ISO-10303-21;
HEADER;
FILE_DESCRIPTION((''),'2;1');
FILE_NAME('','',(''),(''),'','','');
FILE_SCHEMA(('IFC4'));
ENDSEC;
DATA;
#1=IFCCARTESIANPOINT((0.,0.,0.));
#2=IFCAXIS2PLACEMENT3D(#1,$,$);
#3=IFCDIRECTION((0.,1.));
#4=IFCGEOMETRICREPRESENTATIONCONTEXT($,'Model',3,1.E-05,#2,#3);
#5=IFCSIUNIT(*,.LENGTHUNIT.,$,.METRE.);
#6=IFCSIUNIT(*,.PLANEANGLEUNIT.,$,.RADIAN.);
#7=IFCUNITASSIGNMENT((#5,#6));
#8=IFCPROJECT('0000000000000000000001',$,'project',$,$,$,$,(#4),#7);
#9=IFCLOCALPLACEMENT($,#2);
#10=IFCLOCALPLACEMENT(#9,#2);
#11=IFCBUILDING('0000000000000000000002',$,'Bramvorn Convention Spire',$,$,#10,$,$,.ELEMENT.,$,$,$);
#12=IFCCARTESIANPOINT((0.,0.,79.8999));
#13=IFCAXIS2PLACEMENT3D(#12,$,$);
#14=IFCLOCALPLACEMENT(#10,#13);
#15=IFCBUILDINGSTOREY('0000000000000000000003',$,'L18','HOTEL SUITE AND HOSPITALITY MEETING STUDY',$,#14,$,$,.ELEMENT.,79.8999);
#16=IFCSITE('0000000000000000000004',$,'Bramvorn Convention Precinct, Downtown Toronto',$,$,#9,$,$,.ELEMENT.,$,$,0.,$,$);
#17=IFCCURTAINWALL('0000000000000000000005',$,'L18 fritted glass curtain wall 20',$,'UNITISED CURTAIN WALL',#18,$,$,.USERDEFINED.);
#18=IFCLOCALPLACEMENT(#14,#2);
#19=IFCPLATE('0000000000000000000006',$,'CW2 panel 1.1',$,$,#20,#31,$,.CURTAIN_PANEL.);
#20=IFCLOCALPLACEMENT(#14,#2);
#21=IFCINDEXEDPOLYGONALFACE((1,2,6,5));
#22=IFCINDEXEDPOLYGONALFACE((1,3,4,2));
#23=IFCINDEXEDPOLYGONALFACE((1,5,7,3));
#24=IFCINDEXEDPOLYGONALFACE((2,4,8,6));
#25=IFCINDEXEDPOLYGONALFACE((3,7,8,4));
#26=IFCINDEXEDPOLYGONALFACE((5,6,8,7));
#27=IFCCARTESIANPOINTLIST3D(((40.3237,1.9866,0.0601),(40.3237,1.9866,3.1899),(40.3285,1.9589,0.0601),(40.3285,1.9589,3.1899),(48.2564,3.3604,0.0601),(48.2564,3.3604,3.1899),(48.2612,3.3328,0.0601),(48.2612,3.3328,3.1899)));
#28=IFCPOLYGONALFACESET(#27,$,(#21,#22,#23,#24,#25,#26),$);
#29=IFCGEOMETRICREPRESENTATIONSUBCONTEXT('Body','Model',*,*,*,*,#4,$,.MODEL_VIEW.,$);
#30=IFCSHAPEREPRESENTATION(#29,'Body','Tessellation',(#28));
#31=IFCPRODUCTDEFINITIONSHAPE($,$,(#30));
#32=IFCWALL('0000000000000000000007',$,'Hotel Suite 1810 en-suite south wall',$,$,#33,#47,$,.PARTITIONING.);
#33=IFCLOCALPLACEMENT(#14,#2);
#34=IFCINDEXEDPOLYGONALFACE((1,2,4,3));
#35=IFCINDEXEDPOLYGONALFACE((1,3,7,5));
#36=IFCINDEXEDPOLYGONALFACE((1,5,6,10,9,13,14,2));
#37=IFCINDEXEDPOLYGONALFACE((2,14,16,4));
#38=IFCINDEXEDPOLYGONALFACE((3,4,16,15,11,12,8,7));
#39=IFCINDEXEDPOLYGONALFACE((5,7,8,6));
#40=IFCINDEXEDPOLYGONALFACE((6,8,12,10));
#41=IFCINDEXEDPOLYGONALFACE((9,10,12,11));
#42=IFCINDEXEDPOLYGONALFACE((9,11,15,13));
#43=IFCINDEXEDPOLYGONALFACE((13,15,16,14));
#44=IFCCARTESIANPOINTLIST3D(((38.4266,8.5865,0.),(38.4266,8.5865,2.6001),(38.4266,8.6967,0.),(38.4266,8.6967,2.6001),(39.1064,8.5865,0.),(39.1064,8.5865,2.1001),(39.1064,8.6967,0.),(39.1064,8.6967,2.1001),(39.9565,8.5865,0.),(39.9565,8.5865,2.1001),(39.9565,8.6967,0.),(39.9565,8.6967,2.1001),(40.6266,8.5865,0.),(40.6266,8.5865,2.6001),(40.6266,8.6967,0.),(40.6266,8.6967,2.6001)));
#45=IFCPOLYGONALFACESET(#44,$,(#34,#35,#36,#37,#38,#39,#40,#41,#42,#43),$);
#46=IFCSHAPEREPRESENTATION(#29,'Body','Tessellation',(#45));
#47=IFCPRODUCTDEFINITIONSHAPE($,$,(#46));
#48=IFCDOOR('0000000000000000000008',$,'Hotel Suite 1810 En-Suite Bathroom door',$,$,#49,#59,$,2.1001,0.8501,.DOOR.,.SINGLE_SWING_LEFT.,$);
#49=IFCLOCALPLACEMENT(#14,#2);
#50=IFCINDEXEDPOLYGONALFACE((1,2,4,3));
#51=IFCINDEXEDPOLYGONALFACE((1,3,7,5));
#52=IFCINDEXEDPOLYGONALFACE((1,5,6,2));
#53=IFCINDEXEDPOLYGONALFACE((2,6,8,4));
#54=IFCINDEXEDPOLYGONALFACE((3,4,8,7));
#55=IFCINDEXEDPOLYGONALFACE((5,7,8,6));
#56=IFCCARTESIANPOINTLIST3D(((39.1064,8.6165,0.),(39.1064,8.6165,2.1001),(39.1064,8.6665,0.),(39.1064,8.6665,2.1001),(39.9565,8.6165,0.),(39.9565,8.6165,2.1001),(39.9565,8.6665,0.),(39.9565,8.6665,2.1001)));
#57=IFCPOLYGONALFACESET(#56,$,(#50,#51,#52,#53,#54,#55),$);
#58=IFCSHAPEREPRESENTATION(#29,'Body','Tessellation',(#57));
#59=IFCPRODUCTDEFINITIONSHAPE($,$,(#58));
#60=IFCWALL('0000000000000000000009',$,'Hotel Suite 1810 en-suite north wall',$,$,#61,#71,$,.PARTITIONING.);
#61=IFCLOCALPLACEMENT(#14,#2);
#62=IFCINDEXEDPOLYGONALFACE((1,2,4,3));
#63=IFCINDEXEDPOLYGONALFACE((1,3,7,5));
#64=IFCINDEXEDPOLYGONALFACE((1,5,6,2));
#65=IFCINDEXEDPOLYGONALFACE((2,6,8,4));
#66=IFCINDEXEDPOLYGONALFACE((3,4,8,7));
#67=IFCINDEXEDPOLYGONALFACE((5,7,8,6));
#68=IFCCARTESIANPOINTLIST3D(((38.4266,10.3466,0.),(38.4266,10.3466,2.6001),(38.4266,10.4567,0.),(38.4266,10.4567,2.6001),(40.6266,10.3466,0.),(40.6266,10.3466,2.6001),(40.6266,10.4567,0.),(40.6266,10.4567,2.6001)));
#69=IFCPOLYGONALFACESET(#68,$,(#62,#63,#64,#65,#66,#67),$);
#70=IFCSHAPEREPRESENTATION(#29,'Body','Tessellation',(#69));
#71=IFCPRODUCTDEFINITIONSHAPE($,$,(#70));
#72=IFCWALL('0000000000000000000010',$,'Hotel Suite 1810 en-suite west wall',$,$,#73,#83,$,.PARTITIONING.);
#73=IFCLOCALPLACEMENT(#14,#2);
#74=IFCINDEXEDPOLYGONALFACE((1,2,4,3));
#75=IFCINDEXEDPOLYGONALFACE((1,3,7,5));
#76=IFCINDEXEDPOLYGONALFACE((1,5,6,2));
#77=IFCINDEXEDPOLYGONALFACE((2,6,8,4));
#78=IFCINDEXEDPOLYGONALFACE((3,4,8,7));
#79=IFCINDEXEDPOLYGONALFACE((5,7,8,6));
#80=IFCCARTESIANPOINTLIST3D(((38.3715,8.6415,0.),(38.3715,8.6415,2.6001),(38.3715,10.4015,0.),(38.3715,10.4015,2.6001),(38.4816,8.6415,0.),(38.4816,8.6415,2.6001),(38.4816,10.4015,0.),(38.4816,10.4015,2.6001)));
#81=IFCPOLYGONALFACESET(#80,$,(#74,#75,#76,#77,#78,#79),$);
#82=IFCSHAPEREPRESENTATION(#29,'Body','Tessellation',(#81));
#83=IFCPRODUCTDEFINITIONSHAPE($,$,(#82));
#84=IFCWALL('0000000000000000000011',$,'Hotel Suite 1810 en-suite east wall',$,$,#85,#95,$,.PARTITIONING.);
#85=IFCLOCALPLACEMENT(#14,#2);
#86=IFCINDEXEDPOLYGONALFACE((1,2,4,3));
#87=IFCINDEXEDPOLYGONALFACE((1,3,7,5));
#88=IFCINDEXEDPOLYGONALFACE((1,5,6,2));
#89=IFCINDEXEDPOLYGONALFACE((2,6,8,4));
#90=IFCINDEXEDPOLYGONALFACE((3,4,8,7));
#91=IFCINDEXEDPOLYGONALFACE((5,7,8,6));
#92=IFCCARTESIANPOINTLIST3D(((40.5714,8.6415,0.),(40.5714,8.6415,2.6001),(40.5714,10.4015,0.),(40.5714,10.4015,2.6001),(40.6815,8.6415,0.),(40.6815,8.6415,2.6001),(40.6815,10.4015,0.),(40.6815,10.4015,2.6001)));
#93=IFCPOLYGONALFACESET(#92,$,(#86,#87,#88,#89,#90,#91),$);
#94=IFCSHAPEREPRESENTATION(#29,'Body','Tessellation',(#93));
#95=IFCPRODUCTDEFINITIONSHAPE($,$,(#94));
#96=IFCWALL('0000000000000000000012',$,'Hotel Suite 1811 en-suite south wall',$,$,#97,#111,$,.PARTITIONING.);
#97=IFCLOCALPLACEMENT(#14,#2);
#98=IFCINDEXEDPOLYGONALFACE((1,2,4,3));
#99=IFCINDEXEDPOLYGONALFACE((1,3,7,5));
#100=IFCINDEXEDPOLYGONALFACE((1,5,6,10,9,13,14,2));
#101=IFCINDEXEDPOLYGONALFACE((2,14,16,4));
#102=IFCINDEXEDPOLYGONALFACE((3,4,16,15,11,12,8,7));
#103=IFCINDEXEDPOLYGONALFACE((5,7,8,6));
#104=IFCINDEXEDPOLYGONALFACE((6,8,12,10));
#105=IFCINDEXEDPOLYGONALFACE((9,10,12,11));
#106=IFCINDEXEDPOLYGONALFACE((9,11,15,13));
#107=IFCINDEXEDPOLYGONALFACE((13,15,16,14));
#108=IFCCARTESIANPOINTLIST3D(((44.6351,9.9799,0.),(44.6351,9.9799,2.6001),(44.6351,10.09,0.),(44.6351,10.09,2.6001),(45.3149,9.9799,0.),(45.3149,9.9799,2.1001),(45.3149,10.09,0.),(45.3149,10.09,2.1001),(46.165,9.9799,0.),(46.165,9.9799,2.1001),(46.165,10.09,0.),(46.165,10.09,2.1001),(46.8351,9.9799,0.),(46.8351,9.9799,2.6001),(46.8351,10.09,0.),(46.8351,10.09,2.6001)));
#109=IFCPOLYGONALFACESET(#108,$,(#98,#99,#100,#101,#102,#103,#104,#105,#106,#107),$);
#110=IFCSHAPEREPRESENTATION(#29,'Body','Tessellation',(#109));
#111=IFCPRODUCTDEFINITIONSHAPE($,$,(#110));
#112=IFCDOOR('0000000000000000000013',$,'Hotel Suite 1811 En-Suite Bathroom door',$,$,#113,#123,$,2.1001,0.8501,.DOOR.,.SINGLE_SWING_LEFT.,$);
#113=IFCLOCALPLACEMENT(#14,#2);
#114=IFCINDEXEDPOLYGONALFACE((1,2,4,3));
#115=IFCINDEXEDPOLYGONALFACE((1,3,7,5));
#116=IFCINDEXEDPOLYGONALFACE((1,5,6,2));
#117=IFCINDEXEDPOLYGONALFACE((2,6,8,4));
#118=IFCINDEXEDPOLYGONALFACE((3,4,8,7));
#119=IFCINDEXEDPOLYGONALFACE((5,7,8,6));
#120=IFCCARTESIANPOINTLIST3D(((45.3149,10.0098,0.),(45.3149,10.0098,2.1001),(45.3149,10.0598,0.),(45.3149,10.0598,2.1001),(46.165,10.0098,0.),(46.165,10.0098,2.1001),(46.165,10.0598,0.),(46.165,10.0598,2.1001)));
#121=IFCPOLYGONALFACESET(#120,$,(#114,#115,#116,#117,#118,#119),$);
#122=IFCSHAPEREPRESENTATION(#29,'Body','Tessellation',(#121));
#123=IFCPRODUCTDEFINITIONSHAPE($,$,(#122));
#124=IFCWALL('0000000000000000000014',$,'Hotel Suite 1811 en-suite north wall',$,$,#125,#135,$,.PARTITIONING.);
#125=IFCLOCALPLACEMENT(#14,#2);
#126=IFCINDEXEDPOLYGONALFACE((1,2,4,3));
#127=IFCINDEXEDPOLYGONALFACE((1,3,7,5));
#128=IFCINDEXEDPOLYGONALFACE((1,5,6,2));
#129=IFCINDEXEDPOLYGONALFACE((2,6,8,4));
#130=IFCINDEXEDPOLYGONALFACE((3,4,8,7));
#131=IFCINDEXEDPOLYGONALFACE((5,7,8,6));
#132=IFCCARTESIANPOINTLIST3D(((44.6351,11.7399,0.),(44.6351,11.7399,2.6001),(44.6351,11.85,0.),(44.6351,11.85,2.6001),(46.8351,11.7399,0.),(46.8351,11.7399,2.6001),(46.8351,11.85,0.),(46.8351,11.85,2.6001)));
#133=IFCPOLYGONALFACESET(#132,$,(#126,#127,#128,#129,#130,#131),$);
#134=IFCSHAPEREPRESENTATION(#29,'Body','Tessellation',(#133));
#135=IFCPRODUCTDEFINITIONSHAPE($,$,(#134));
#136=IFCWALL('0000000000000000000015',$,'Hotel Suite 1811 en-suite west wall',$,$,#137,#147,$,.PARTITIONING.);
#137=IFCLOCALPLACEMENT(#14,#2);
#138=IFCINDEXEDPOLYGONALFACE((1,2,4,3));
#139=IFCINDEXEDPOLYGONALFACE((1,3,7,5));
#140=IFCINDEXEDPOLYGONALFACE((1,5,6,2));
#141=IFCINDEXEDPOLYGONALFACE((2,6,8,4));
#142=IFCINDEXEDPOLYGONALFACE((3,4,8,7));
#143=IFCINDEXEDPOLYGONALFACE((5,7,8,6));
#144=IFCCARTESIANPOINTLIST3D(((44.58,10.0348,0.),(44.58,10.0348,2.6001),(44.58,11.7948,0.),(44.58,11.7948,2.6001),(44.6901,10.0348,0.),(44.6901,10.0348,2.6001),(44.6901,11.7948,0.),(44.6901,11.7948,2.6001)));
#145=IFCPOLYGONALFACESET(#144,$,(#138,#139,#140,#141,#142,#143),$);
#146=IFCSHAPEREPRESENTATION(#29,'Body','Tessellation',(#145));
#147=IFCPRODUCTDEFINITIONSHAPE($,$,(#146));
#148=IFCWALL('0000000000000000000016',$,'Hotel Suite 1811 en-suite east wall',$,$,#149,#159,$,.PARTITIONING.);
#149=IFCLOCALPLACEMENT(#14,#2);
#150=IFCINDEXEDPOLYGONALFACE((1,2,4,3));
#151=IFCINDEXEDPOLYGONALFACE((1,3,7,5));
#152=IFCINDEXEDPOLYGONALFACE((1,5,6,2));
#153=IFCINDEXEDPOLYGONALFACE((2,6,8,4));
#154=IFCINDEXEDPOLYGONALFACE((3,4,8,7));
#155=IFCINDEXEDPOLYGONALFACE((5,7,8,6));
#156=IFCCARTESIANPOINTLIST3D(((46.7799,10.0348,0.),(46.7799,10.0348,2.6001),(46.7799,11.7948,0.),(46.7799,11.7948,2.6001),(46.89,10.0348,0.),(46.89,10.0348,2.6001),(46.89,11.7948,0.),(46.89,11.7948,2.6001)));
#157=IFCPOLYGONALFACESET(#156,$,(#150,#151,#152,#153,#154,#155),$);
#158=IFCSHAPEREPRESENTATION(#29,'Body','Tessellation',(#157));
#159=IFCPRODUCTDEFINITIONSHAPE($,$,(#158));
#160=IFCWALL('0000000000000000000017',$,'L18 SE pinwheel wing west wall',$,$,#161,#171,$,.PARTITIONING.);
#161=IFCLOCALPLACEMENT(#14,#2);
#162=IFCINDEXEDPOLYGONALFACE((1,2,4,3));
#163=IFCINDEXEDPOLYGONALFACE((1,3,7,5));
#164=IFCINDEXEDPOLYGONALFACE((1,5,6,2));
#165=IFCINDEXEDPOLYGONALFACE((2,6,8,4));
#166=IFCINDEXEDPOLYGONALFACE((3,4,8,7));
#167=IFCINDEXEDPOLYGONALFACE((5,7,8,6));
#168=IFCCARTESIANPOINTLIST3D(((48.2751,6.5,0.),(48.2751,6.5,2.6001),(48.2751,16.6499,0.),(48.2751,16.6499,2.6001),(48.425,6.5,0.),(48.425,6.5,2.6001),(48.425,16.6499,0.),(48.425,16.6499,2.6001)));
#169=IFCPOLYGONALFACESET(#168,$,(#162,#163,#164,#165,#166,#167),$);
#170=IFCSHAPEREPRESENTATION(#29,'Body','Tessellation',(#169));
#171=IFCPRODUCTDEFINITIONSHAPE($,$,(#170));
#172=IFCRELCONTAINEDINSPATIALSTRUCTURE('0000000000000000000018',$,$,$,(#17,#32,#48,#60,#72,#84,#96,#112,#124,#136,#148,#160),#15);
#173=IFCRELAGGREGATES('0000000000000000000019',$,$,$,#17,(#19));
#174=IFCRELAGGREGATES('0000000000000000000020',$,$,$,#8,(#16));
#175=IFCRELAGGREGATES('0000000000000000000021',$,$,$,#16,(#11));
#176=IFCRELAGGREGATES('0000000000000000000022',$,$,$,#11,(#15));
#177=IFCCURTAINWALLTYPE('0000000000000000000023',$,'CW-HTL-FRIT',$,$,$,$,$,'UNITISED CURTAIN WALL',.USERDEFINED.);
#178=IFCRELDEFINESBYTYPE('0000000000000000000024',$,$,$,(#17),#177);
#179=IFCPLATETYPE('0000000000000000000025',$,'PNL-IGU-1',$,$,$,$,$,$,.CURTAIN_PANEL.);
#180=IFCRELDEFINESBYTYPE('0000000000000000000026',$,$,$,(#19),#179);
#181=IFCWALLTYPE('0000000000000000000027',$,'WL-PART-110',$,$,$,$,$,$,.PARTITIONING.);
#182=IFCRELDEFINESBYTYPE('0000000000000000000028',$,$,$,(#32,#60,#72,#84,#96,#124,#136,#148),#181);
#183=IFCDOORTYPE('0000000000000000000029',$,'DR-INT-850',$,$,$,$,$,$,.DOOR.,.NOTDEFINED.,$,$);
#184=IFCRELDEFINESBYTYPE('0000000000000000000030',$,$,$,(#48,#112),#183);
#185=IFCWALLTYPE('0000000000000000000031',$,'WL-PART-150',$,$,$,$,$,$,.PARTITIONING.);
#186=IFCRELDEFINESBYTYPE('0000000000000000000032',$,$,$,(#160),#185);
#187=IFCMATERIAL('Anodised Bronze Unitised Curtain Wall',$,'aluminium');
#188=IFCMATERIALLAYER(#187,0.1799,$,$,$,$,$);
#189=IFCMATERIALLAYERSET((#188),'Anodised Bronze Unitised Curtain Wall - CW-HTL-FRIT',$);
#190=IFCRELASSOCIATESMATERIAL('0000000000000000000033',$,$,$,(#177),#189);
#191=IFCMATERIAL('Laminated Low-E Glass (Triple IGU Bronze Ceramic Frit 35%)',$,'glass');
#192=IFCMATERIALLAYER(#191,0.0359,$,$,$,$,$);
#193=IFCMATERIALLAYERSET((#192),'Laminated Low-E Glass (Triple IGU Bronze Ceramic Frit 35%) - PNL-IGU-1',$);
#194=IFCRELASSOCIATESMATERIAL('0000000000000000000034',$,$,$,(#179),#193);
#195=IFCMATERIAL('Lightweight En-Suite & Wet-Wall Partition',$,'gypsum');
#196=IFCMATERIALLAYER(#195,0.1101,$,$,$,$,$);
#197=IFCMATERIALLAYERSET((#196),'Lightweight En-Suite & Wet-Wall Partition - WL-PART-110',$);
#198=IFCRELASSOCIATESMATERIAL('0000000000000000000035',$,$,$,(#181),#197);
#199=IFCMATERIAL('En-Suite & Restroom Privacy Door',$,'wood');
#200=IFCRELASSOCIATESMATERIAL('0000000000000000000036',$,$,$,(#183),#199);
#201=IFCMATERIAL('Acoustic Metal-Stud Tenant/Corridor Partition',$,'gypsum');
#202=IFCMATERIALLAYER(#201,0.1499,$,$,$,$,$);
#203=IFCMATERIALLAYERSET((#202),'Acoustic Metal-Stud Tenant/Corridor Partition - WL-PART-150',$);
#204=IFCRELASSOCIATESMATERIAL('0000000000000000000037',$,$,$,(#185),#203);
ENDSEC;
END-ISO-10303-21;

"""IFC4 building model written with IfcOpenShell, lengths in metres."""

from ifc_helpers import new_model, si_unit, direction, frame, frame_2d, origin, origin_2d, place, context, subcontext, project, spatial, rectangle, extrude, material, layer, layer_set, type_object, element, fill, aggregate, save


model = new_model("IFC4")

# Units and contexts
model_context = context("Model", 3, precision=1e-05, world=origin(), true_north=direction((0.0, 1.0)))
body_context = subcontext(model_context, "Body", "Model", "MODEL_VIEW")
ifc_project = project(units=[si_unit("LENGTHUNIT", "METRE"), si_unit("PLANEANGLEUNIT", "RADIAN")], contexts=[model_context])

# Site, building, storey
site_placement = place(None, origin())
site = spatial("IfcSite", under=ifc_project, at=site_placement, Name="Bramvorn Convention Precinct, Downtown Toronto", CompositionType="ELEMENT", RefElevation=0.0)
building_placement = place(site_placement, origin())
building = spatial("IfcBuilding", under=site, at=building_placement, Name="Bramvorn Convention Spire", CompositionType="ELEMENT")
storey_placement = place(building_placement, frame((0.0, 0.0, 79.8999)))
storey = spatial("IfcBuildingStorey", under=building, at=storey_placement, Name="L18", Description="HOTEL SUITE AND HOSPITALITY MEETING STUDY", CompositionType="ELEMENT", Elevation=79.8999)

# Shared definitions
ifc_material_1 = material(Name="Anodised Bronze Unitised Curtain Wall", Category="aluminium")
ifc_layer_1 = layer(ifc_material_1, 0.1799)
ifc_layer_set_1 = layer_set([ifc_layer_1], Name="Anodised Bronze Unitised Curtain Wall - CW-HTL-FRIT")
curtain_wall_type = type_object("IfcCurtainWallType", Name="CW-HTL-FRIT", ElementType="UNITISED CURTAIN WALL", PredefinedType="USERDEFINED", material=ifc_layer_set_1)

# Curtain wall
curtain_wall_1_placement = place(storey_placement, origin())
curtain_wall_1 = element("IfcCurtainWall", 1, at=curtain_wall_1_placement, inside=storey, type_object=curtain_wall_type, Name="L18 fritted glass curtain wall 20", ObjectType="UNITISED CURTAIN WALL", PredefinedType="USERDEFINED")

# Plate
ifc_material_2 = material(Name="Laminated Low-E Glass (Triple IGU Bronze Ceramic Frit 35%)", Category="glass")
ifc_layer_2 = layer(ifc_material_2, 0.0359)
ifc_layer_set_2 = layer_set([ifc_layer_2], Name="Laminated Low-E Glass (Triple IGU Bronze Ceramic Frit 35%) - PNL-IGU-1")
plate_type = type_object("IfcPlateType", Name="PNL-IGU-1", PredefinedType="CURTAIN_PANEL", material=ifc_layer_set_2)
plate_1_placement = place(storey_placement, frame((44.2925, 2.6597, 0.0601), z_axis=(0.0, 0.0, 1.0), x_axis=(-0.985333, -0.170645, 0.0)))
plate_1 = element("IfcPlate", 2, at=plate_1_placement, type_object=plate_type, Name="CW2 panel 1.1", PredefinedType="CURTAIN_PANEL", context=body_context, shape_type="SweptSolid", body=[
    extrude(rectangle(XDim=8.0508, YDim=0.0281, at=origin_2d()), origin(), (0.0, 0.0, 1.0), 3.1299),
])
aggregate(curtain_wall_1, [plate_1])

# Wall, opening, door
ifc_material_3 = material(Name="Lightweight En-Suite & Wet-Wall Partition", Category="gypsum")
ifc_layer_3 = layer(ifc_material_3, 0.1101)
ifc_layer_set_3 = layer_set([ifc_layer_3], Name="Lightweight En-Suite & Wet-Wall Partition - WL-PART-110")
wall_type_1 = type_object("IfcWallType", Name="WL-PART-110", PredefinedType="PARTITIONING", material=ifc_layer_set_3)
wall_1_placement = place(storey_placement, frame((38.4265, 8.6416, 0.0), z_axis=(0.0, 0.0, 1.0), x_axis=(1.0, 0.0, 0.0)))
wall_1 = element("IfcWall", 3, at=wall_1_placement, inside=storey, type_object=wall_type_1, Name="Hotel Suite 1810 en-suite south wall", PredefinedType="PARTITIONING", context=body_context, shape_type="SweptSolid", body=[
    extrude(rectangle(XDim=2.2, YDim=0.1101, at=frame_2d((1.1001, 0.0))), origin(), (0.0, 0.0, 1.0), 2.6001),
])
opening_1_placement = place(wall_1_placement, frame((0.6799, 0.0, 0.0)))
opening_1 = element("IfcOpeningElement", 4, at=opening_1_placement, cuts=wall_1, PredefinedType="OPENING", context=body_context, shape_type="SweptSolid", body=[
    extrude(rectangle(XDim=0.8501, YDim=2.1001, at=frame_2d((0.425, 1.05))), frame((0.0, 0.0649, 0.0), z_axis=(0.0, -1.0, 0.0), x_axis=(1.0, 0.0, 0.0)), (0.0, 0.0, 1.0), 0.1301),
])
ifc_material_4 = material(Name="En-Suite & Restroom Privacy Door", Category="wood")
door_type = type_object("IfcDoorType", Name="DR-INT-850", OperationType="NOTDEFINED", PredefinedType="DOOR", material=ifc_material_4)
door_1_placement = place(opening_1_placement, origin())
door_1 = element("IfcDoor", 5, at=door_1_placement, inside=storey, type_object=door_type, Name="Hotel Suite 1810 En-Suite Bathroom door", OperationType="SINGLE_SWING_LEFT", OverallHeight=2.1001, OverallWidth=0.8501, PredefinedType="DOOR", context=body_context, shape_type="SweptSolid", body=[
    extrude(rectangle(XDim=0.8501, YDim=2.1001, at=frame_2d((0.425, 1.05))), frame((0.0, 0.0249, 0.0), z_axis=(0.0, -1.0, 0.0), x_axis=(1.0, 0.0, 0.0)), (0.0, 0.0, 1.0), 0.05),
])
fill(opening_1, door_1)

# Walls
wall_2_placement = place(storey_placement, frame((38.4265, 10.4016, 0.0), z_axis=(0.0, 0.0, 1.0), x_axis=(1.0, 0.0, 0.0)))
element("IfcWall", 6, at=wall_2_placement, inside=storey, type_object=wall_type_1, Name="Hotel Suite 1810 en-suite north wall", PredefinedType="PARTITIONING", context=body_context, shape_type="SweptSolid", body=[
    extrude(rectangle(XDim=2.2, YDim=0.1101, at=frame_2d((1.1001, 0.0))), origin(), (0.0, 0.0, 1.0), 2.6001),
])
for number, where, z_axis, x_axis, name in (
    (7, (38.4265, 8.6416, 0.0), (0.0, 0.0, 1.0), (0.0, 1.0, 0.0), "Hotel Suite 1810 en-suite west wall"),
    (8, (40.6265, 8.6416, 0.0), (0.0, 0.0, 1.0), (0.0, 1.0, 0.0), "Hotel Suite 1810 en-suite east wall"),
):
    element("IfcWall", number, at=place(storey_placement, frame(where, z_axis=z_axis, x_axis=x_axis)), inside=storey, type_object=wall_type_1, Name=name, PredefinedType="PARTITIONING", context=body_context, shape_type="SweptSolid", body=[
        extrude(rectangle(XDim=1.76, YDim=0.1101, at=frame_2d((0.8799, 0.0))), origin(), (0.0, 0.0, 1.0), 2.6001),
    ])

# Wall, opening, door
wall_3_placement = place(storey_placement, frame((44.635, 10.0349, 0.0), z_axis=(0.0, 0.0, 1.0), x_axis=(1.0, 0.0, 0.0)))
wall_3 = element("IfcWall", 9, at=wall_3_placement, inside=storey, type_object=wall_type_1, Name="Hotel Suite 1811 en-suite south wall", PredefinedType="PARTITIONING", context=body_context, shape_type="SweptSolid", body=[
    extrude(rectangle(XDim=2.2, YDim=0.1101, at=frame_2d((1.1001, 0.0))), origin(), (0.0, 0.0, 1.0), 2.6001),
])
opening_2_placement = place(wall_3_placement, frame((0.6799, 0.0, 0.0)))
opening_2 = element("IfcOpeningElement", 10, at=opening_2_placement, cuts=wall_3, PredefinedType="OPENING", context=body_context, shape_type="SweptSolid", body=[
    extrude(rectangle(XDim=0.8501, YDim=2.1001, at=frame_2d((0.425, 1.05))), frame((0.0, 0.0649, 0.0), z_axis=(0.0, -1.0, 0.0), x_axis=(1.0, 0.0, 0.0)), (0.0, 0.0, 1.0), 0.1301),
])
door_2_placement = place(opening_2_placement, origin())
door_2 = element("IfcDoor", 11, at=door_2_placement, inside=storey, type_object=door_type, Name="Hotel Suite 1811 En-Suite Bathroom door", OperationType="SINGLE_SWING_LEFT", OverallHeight=2.1001, OverallWidth=0.8501, PredefinedType="DOOR", context=body_context, shape_type="SweptSolid", body=[
    extrude(rectangle(XDim=0.8501, YDim=2.1001, at=frame_2d((0.425, 1.05))), frame((0.0, 0.0249, 0.0), z_axis=(0.0, -1.0, 0.0), x_axis=(1.0, 0.0, 0.0)), (0.0, 0.0, 1.0), 0.05),
])
fill(opening_2, door_2)

# Walls
wall_4_placement = place(storey_placement, frame((44.635, 11.7949, 0.0), z_axis=(0.0, 0.0, 1.0), x_axis=(1.0, 0.0, 0.0)))
element("IfcWall", 12, at=wall_4_placement, inside=storey, type_object=wall_type_1, Name="Hotel Suite 1811 en-suite north wall", PredefinedType="PARTITIONING", context=body_context, shape_type="SweptSolid", body=[
    extrude(rectangle(XDim=2.2, YDim=0.1101, at=frame_2d((1.1001, 0.0))), origin(), (0.0, 0.0, 1.0), 2.6001),
])
for number, where, z_axis, x_axis, name in (
    (13, (44.635, 10.0349, 0.0), (0.0, 0.0, 1.0), (0.0, 1.0, 0.0), "Hotel Suite 1811 en-suite west wall"),
    (14, (46.835, 10.0349, 0.0), (0.0, 0.0, 1.0), (0.0, 1.0, 0.0), "Hotel Suite 1811 en-suite east wall"),
):
    element("IfcWall", number, at=place(storey_placement, frame(where, z_axis=z_axis, x_axis=x_axis)), inside=storey, type_object=wall_type_1, Name=name, PredefinedType="PARTITIONING", context=body_context, shape_type="SweptSolid", body=[
        extrude(rectangle(XDim=1.76, YDim=0.1101, at=frame_2d((0.8799, 0.0))), origin(), (0.0, 0.0, 1.0), 2.6001),
    ])
ifc_material_5 = material(Name="Acoustic Metal-Stud Tenant/Corridor Partition", Category="gypsum")
ifc_layer_4 = layer(ifc_material_5, 0.1499)
ifc_layer_set_4 = layer_set([ifc_layer_4], Name="Acoustic Metal-Stud Tenant/Corridor Partition - WL-PART-150")
wall_type_2 = type_object("IfcWallType", Name="WL-PART-150", PredefinedType="PARTITIONING", material=ifc_layer_set_4)
wall_5_placement = place(storey_placement, frame((48.3501, 6.5, 0.0), z_axis=(0.0, 0.0, 1.0), x_axis=(0.0, 1.0, 0.0)))
element("IfcWall", 15, at=wall_5_placement, inside=storey, type_object=wall_type_2, Name="L18 SE pinwheel wing west wall", PredefinedType="PARTITIONING", context=body_context, shape_type="SweptSolid", body=[
    extrude(rectangle(XDim=10.1499, YDim=0.1499, at=frame_2d((5.075, 0.0))), origin(), (0.0, 0.0, 1.0), 2.6001),
])

save(model, "model.ifc")
